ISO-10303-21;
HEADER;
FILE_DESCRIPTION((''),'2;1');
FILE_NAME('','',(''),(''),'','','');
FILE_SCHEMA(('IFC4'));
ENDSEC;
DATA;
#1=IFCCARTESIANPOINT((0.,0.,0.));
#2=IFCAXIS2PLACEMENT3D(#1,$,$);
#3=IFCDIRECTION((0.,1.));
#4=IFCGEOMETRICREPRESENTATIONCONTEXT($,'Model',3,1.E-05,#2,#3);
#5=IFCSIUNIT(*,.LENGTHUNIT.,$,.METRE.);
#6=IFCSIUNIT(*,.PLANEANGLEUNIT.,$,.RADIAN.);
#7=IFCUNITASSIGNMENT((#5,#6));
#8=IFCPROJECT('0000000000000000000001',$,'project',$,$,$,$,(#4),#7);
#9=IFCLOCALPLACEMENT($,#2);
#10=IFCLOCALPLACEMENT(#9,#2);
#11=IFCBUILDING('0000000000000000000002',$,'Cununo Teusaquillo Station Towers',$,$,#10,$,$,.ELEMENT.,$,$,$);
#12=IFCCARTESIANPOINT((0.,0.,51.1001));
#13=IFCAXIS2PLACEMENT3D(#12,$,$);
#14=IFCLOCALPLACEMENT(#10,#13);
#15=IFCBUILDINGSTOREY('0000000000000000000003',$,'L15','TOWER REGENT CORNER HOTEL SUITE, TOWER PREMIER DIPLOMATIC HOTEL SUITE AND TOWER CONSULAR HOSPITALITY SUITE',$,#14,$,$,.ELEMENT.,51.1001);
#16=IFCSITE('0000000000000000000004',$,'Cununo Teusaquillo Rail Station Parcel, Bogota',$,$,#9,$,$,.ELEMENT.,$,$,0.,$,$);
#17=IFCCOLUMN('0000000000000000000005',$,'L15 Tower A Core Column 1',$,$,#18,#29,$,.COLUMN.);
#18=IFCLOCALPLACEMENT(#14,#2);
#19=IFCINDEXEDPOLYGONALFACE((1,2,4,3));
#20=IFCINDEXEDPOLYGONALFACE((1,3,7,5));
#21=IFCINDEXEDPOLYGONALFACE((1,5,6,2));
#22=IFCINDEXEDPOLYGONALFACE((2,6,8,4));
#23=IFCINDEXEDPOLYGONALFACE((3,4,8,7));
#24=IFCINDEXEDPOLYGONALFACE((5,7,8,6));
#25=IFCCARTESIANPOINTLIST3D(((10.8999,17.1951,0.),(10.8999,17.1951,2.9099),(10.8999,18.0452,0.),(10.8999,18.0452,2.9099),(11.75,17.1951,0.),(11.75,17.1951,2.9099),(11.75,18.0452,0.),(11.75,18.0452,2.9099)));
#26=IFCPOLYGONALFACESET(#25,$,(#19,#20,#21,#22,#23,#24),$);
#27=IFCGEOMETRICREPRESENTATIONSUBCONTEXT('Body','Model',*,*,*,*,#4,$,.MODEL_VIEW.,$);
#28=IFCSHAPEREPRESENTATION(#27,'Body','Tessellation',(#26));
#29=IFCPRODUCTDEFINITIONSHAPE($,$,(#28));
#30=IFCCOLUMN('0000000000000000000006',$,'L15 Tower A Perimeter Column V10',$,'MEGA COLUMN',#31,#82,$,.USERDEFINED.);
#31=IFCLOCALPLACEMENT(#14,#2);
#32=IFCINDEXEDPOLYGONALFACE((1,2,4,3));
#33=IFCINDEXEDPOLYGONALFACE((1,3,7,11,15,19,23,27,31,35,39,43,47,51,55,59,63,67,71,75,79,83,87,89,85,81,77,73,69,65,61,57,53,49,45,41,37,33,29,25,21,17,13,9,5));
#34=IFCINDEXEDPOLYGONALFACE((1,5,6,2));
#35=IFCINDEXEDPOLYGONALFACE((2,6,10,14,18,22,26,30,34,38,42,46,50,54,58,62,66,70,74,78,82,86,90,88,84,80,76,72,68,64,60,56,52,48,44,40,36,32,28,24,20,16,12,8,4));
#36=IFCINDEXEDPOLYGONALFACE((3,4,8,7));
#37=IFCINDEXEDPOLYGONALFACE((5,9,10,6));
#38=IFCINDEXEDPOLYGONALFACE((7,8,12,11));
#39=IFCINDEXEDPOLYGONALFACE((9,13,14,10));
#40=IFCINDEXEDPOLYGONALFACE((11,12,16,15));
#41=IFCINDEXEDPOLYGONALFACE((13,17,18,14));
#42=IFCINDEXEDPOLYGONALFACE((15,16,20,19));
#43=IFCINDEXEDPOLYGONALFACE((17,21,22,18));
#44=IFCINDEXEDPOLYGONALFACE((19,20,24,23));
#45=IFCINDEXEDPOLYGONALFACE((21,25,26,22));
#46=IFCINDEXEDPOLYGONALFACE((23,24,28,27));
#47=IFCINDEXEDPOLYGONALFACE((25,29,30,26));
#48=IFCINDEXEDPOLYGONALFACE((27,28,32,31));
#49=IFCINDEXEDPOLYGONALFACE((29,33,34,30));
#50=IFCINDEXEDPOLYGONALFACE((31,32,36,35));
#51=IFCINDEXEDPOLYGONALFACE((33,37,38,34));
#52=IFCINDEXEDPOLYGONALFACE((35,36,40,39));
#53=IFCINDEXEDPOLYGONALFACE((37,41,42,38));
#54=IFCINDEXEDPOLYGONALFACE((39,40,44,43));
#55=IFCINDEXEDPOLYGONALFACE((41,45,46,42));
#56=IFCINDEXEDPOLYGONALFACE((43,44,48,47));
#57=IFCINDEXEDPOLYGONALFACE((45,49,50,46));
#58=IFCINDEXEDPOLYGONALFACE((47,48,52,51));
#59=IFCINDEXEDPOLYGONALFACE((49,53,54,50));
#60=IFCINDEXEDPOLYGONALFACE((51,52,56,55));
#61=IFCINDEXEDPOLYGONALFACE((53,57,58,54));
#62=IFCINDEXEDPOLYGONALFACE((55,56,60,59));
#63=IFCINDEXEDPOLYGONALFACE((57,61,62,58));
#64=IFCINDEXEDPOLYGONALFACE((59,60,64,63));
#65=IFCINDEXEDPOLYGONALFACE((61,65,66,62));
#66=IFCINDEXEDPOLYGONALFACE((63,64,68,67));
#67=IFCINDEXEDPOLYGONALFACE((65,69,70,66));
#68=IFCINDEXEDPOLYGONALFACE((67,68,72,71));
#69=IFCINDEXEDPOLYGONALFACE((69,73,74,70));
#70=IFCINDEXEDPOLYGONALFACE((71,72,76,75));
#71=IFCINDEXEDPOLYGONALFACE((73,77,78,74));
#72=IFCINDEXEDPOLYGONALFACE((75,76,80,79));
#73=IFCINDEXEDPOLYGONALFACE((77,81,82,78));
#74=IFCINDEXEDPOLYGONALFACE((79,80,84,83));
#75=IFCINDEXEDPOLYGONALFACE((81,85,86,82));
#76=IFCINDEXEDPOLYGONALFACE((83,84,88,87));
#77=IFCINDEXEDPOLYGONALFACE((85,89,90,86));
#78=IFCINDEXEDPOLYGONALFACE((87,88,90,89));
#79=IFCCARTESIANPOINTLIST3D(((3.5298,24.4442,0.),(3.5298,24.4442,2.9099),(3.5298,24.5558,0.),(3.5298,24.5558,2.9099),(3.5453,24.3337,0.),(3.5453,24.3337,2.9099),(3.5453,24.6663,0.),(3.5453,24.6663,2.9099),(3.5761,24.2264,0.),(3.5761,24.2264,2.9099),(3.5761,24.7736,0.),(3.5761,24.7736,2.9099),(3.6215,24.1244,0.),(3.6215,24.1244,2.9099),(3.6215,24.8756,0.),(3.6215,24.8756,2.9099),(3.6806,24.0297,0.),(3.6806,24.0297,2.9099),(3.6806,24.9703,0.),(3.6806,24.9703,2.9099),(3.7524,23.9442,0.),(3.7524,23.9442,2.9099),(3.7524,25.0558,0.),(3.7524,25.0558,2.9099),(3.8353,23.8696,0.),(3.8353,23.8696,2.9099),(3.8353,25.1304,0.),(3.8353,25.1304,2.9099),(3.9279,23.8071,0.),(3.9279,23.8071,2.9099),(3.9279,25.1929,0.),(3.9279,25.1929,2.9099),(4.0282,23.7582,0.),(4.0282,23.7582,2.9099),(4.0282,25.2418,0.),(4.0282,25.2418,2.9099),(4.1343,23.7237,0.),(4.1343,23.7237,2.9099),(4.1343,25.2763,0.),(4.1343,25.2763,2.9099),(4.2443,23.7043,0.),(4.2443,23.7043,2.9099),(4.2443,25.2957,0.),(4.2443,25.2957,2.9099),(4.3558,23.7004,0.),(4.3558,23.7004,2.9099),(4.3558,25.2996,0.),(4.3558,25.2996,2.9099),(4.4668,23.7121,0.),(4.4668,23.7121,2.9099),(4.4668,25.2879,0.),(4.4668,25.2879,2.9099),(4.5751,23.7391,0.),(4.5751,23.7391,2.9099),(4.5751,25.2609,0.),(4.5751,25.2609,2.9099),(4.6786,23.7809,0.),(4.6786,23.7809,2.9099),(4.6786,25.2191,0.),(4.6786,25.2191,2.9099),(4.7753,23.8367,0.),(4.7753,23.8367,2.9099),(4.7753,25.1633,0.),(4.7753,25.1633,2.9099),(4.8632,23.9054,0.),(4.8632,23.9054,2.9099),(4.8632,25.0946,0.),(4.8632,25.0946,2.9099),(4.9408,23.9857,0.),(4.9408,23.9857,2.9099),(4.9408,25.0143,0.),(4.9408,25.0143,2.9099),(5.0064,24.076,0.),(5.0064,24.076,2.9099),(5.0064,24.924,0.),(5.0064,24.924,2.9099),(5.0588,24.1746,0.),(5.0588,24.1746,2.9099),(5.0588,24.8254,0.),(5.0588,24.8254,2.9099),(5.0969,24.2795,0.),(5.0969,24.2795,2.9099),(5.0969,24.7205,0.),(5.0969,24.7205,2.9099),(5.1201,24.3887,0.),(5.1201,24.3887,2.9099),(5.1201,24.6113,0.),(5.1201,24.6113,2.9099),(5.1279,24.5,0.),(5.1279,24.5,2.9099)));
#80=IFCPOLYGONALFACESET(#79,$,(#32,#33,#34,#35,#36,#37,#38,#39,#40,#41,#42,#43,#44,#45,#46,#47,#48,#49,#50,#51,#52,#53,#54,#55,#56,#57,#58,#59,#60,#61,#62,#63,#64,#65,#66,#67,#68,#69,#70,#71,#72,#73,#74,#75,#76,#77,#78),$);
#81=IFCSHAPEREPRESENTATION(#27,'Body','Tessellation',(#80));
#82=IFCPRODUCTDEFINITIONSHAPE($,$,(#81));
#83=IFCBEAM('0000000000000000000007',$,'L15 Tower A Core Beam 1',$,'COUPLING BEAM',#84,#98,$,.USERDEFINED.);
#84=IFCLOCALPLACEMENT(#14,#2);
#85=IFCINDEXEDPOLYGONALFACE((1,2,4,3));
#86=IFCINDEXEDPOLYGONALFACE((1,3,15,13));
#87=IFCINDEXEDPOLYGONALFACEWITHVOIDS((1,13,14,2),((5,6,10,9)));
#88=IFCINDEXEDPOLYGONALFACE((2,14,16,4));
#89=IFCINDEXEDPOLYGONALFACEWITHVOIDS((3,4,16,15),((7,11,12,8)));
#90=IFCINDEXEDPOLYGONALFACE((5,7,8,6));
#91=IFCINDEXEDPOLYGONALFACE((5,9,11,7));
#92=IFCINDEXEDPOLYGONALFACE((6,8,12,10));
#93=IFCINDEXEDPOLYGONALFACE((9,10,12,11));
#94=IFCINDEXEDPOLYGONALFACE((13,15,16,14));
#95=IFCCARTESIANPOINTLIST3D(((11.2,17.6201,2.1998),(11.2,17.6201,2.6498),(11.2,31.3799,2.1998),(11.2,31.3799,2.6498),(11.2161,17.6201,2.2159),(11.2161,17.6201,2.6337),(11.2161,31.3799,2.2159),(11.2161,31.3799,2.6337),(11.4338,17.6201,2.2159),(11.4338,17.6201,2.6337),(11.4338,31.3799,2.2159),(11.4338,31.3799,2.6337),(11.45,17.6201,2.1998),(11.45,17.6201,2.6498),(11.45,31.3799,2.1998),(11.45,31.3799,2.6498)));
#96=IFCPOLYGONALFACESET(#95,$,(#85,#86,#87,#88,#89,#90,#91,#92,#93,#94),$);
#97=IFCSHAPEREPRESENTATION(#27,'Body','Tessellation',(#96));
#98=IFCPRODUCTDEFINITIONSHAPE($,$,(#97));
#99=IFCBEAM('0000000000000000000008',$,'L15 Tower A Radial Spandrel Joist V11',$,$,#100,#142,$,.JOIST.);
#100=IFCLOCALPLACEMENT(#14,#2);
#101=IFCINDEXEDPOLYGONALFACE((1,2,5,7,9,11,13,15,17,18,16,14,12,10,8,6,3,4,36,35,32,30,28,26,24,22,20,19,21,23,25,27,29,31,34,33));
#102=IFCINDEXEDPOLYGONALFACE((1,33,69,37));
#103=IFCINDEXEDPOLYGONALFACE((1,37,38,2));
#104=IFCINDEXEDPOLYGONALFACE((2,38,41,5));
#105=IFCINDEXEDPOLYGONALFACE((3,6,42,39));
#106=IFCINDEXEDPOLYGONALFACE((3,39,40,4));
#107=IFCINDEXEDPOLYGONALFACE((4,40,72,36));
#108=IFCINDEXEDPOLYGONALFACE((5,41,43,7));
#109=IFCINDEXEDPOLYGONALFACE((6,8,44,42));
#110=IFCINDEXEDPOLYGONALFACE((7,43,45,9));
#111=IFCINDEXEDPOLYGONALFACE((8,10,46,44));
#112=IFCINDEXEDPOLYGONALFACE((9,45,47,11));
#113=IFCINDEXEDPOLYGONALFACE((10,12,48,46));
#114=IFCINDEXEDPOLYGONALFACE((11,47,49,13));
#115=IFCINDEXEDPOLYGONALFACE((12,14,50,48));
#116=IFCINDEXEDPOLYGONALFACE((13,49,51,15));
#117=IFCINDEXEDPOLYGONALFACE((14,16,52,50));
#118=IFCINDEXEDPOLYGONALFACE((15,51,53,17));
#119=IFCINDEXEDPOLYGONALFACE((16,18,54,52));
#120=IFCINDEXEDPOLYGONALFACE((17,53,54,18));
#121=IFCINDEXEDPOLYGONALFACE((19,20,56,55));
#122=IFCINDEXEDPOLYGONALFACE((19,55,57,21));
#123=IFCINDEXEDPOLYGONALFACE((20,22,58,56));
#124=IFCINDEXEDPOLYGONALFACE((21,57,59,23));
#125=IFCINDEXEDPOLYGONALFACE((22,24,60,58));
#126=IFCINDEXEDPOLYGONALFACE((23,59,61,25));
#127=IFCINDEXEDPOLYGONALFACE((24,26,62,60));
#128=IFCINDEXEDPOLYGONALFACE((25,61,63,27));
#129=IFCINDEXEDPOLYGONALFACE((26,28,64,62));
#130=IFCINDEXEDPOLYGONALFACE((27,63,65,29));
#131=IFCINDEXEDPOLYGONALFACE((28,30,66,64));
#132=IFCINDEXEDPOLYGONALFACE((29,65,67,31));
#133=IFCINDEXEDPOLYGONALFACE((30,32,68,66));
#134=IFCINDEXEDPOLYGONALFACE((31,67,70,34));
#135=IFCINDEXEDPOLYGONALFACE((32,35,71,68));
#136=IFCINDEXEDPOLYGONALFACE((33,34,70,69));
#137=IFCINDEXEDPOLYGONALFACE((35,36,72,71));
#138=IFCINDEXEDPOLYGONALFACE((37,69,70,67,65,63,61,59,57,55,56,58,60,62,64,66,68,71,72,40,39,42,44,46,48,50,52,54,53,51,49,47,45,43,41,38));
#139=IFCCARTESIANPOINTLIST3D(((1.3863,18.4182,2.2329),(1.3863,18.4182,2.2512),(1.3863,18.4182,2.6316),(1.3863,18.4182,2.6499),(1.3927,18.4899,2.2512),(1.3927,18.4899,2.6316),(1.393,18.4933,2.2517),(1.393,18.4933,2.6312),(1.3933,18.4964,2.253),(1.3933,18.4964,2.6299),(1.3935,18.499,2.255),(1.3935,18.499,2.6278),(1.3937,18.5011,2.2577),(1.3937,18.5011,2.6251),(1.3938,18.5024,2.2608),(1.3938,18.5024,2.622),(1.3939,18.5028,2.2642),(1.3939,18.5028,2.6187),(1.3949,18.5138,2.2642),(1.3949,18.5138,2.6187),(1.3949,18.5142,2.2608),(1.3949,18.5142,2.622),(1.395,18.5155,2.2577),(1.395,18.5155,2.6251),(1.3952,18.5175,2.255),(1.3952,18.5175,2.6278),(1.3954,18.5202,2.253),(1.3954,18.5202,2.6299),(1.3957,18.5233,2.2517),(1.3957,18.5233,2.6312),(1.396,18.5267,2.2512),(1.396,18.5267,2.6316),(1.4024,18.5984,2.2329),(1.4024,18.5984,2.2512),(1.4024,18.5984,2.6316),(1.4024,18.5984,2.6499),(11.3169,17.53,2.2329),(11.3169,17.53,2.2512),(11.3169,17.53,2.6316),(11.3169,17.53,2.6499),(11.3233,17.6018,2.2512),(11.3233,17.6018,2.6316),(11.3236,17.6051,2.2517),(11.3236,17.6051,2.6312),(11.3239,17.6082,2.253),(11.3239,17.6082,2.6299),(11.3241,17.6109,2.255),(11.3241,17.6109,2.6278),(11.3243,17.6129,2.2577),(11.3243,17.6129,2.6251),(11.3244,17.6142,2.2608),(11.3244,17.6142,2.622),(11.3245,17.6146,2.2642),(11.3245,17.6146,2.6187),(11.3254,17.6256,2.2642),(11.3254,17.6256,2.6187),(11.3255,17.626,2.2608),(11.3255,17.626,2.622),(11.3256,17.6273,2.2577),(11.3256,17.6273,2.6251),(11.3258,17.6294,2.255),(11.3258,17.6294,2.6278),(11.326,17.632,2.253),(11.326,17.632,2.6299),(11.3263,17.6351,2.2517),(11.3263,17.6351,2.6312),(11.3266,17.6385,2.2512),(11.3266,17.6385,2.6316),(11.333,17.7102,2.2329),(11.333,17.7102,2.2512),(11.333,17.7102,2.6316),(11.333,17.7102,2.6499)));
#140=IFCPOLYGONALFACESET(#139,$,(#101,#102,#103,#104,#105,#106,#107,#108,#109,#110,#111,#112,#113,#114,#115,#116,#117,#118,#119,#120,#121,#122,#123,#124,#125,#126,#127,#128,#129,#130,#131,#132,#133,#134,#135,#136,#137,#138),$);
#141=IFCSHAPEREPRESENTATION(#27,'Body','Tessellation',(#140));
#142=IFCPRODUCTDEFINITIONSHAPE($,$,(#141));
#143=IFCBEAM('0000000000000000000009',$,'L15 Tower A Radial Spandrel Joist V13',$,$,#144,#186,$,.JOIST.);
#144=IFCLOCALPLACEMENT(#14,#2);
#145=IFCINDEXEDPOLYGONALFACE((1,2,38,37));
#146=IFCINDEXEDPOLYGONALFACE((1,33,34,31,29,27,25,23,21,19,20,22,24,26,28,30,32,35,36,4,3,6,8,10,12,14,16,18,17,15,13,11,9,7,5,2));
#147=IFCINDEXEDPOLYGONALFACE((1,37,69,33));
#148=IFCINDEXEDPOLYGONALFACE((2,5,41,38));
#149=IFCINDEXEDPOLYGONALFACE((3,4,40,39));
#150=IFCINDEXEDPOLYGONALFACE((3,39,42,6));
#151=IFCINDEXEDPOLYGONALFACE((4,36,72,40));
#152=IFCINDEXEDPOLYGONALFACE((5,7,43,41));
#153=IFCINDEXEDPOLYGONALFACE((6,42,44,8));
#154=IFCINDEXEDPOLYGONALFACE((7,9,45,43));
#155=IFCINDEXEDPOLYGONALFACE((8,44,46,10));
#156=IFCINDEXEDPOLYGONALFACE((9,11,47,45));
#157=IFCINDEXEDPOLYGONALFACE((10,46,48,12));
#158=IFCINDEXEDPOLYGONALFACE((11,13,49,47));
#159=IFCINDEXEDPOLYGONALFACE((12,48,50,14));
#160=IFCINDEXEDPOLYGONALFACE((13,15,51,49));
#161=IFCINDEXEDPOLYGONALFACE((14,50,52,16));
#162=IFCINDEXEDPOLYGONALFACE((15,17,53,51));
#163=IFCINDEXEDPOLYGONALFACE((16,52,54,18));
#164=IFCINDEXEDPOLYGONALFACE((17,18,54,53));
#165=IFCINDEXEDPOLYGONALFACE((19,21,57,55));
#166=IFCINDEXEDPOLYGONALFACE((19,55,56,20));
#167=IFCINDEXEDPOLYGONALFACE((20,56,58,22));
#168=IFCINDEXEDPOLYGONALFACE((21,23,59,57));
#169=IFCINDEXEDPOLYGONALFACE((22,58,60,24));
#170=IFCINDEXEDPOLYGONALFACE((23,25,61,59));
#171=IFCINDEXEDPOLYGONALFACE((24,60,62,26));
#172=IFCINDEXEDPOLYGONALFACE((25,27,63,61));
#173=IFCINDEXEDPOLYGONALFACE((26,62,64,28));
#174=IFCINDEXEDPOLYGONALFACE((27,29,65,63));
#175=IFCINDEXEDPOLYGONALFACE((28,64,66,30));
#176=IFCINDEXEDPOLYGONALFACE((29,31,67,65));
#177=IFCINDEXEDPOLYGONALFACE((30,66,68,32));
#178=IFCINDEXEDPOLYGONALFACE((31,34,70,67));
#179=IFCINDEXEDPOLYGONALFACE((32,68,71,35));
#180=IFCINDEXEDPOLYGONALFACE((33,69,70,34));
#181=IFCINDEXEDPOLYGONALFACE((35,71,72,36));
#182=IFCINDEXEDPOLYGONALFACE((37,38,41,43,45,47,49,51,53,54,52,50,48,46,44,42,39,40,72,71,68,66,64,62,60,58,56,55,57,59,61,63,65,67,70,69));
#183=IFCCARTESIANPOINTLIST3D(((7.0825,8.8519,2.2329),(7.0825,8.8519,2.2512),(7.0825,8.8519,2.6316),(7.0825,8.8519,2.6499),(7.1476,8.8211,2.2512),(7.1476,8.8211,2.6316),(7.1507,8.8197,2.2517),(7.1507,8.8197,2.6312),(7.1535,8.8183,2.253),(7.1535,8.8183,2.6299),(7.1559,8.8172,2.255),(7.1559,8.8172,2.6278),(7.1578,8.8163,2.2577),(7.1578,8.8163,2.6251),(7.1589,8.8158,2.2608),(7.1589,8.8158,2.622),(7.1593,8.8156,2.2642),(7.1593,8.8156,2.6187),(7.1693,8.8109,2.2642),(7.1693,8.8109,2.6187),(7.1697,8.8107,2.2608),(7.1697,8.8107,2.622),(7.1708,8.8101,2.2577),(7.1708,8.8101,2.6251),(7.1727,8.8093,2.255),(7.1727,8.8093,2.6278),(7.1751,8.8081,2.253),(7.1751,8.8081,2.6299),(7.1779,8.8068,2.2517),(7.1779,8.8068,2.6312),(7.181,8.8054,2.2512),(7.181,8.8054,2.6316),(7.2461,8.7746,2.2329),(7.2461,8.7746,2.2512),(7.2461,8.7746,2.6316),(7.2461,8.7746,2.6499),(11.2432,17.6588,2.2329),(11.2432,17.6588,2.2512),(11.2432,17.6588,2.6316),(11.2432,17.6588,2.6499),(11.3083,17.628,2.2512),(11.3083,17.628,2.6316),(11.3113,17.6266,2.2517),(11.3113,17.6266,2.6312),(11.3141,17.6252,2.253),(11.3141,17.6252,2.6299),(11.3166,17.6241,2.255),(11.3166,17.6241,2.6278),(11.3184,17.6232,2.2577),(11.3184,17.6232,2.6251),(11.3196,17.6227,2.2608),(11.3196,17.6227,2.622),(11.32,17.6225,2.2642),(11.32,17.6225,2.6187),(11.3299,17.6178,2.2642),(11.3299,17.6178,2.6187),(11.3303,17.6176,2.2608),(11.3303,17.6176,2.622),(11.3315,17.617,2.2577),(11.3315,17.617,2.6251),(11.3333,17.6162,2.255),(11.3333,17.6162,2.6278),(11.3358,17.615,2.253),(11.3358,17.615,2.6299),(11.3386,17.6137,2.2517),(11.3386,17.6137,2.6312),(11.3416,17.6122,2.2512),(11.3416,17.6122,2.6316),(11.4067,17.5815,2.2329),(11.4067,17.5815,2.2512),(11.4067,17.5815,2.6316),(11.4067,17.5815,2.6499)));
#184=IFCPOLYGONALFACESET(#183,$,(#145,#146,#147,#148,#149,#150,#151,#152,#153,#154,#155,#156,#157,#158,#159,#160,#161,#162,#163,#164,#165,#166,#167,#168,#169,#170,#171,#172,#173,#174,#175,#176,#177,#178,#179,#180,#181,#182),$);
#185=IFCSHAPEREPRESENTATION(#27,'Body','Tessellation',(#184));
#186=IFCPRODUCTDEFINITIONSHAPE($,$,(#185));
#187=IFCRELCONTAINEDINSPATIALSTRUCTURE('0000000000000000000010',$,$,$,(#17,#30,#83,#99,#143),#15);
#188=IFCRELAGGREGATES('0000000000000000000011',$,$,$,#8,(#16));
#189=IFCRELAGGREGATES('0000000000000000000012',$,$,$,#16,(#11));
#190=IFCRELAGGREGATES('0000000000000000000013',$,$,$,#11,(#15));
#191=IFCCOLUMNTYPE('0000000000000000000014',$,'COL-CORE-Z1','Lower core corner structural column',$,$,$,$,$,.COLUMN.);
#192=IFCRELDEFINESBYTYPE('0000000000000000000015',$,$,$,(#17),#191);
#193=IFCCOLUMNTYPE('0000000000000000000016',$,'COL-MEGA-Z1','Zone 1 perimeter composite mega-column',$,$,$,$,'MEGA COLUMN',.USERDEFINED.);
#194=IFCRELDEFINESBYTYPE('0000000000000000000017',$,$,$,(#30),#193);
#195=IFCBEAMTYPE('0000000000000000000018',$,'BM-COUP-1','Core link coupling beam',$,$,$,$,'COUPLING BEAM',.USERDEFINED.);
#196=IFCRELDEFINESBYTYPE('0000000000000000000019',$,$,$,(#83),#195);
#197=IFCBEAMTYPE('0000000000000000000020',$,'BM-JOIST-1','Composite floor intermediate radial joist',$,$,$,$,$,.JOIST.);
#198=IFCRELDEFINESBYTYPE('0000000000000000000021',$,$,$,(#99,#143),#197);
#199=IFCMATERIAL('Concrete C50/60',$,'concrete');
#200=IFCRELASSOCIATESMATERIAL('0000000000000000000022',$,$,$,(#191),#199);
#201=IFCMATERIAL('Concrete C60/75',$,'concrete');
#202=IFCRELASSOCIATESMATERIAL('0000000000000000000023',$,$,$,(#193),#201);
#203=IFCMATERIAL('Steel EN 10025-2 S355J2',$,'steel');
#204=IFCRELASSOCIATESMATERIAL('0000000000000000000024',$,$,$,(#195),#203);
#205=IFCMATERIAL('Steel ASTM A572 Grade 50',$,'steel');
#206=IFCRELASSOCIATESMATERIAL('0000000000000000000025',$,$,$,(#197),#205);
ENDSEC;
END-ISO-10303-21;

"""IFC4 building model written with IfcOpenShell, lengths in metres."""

from ifc_helpers import new_model, si_unit, direction, frame, origin, origin_2d, place, context, subcontext, project, spatial, rectangle, hollow_rectangle, circle, i_section, extrude, material, material_profile, profile_set, type_object, element, save


model = new_model("IFC4")

# Units and contexts
model_context = context("Model", 3, precision=1e-05, world=origin(), true_north=direction((0.0, 1.0)))
body_context = subcontext(model_context, "Body", "Model", "MODEL_VIEW")
ifc_project = project(units=[si_unit("LENGTHUNIT", "METRE"), si_unit("PLANEANGLEUNIT", "RADIAN")], contexts=[model_context])

# Site, building, storey
site_placement = place(None, origin())
site = spatial("IfcSite", under=ifc_project, at=site_placement, Name="Cununo Teusaquillo Rail Station Parcel, Bogota", CompositionType="ELEMENT", RefElevation=0.0)
building_placement = place(site_placement, origin())
building = spatial("IfcBuilding", under=site, at=building_placement, Name="Cununo Teusaquillo Station Towers", CompositionType="ELEMENT")
storey_placement = place(building_placement, frame((0.0, 0.0, 51.1001)))
storey = spatial("IfcBuildingStorey", under=building, at=storey_placement, Name="L15", Description="TOWER REGENT CORNER HOTEL SUITE, TOWER PREMIER DIPLOMATIC HOTEL SUITE AND TOWER CONSULAR HOSPITALITY SUITE", CompositionType="ELEMENT", Elevation=51.1001)

# Columns
ifc_material_1 = material(Name="Concrete C50/60", Category="concrete")
ifc_material_profile_1 = material_profile(ifc_material_1, rectangle(XDim=0.8501, YDim=0.8501, at=origin_2d()), Name="RC-RECT-850x850")
ifc_profile_set_1 = profile_set([ifc_material_profile_1], Name="Concrete C50/60")
column_type_1 = type_object("IfcColumnType", Name="COL-CORE-Z1", Description="Lower core corner structural column", PredefinedType="COLUMN", material=ifc_profile_set_1)
column_1_placement = place(storey_placement, frame((11.325, 17.6201, 0.0), z_axis=(0.0, 0.0, 1.0), x_axis=(1.0, 0.0, 0.0)))
element("IfcColumn", 1, at=column_1_placement, inside=storey, type_object=column_type_1, Name="L15 Tower A Core Column 1", PredefinedType="COLUMN", context=body_context, shape_type="SweptSolid", body=[
    extrude(rectangle(XDim=0.8501, YDim=0.8501, at=origin_2d()), origin(), (0.0, 0.0, 1.0), 2.9099),
])
ifc_material_2 = material(Name="Concrete C60/75", Category="concrete")
ifc_material_profile_2 = material_profile(ifc_material_2, circle(Radius=0.8, at=origin_2d()), Name="RC-CIRC-1600")
ifc_profile_set_2 = profile_set([ifc_material_profile_2], Name="Concrete C60/75")
column_type_2 = type_object("IfcColumnType", Name="COL-MEGA-Z1", Description="Zone 1 perimeter composite mega-column", ElementType="MEGA COLUMN", PredefinedType="USERDEFINED", material=ifc_profile_set_2)
column_2_placement = place(storey_placement, frame((4.3279, 24.5, 0.0), z_axis=(0.0, 0.0, 1.0), x_axis=(1.0, 0.0, 0.0)))
element("IfcColumn", 2, at=column_2_placement, inside=storey, type_object=column_type_2, Name="L15 Tower A Perimeter Column V10", ObjectType="MEGA COLUMN", PredefinedType="USERDEFINED", context=body_context, shape_type="SweptSolid", body=[
    extrude(circle(Radius=0.8, at=origin_2d()), origin(), (0.0, 0.0, 1.0), 2.9099),
])

# Beams
ifc_material_3 = material(Name="Steel EN 10025-2 S355J2", Category="steel")
ifc_material_profile_3 = material_profile(ifc_material_3, hollow_rectangle(XDim=0.25, YDim=0.45, WallThickness=0.0161, at=origin_2d()), Name="RHS 450x250x16")
ifc_profile_set_3 = profile_set([ifc_material_profile_3], Name="Steel EN 10025-2 S355J2")
beam_type_1 = type_object("IfcBeamType", Name="BM-COUP-1", Description="Core link coupling beam", ElementType="COUPLING BEAM", PredefinedType="USERDEFINED", material=ifc_profile_set_3)
beam_1_placement = place(storey_placement, frame((11.325, 17.6201, 2.4248), z_axis=(0.0, 1.0, 0.0), x_axis=(-1.0, 0.0, 0.0)))
element("IfcBeam", 3, at=beam_1_placement, inside=storey, type_object=beam_type_1, Name="L15 Tower A Core Beam 1", ObjectType="COUPLING BEAM", PredefinedType="USERDEFINED", context=body_context, shape_type="SweptSolid", body=[
    extrude(hollow_rectangle(XDim=0.25, YDim=0.45, WallThickness=0.0161, at=origin_2d()), origin(), (0.0, 0.0, 1.0), 13.7598),
])
ifc_material_4 = material(Name="Steel ASTM A572 Grade 50", Category="steel")
ifc_material_profile_4 = material_profile(ifc_material_4, i_section(OverallWidth=0.1809, OverallDepth=0.417, WebThickness=0.011, FlangeThickness=0.0183, FilletRadius=0.0129, at=origin_2d()), Name="W16X57")
ifc_profile_set_4 = profile_set([ifc_material_profile_4], Name="Steel ASTM A572 Grade 50")
beam_type_2 = type_object("IfcBeamType", Name="BM-JOIST-1", Description="Composite floor intermediate radial joist", PredefinedType="JOIST", material=ifc_profile_set_4)
beam_2_placement = place(storey_placement, frame((11.325, 17.6201, 2.4414), z_axis=(-0.996024, 0.089083, 0.0), x_axis=(-0.089083, -0.996024, 0.0)))
element("IfcBeam", 4, at=beam_2_placement, inside=storey, type_object=beam_type_2, Name="L15 Tower A Radial Spandrel Joist V11", PredefinedType="JOIST", context=body_context, shape_type="SweptSolid", body=[
    extrude(i_section(OverallWidth=0.1809, OverallDepth=0.417, WebThickness=0.011, FlangeThickness=0.0183, FilletRadius=0.0129, at=origin_2d()), origin(), (0.0, 0.0, 1.0), 9.9702),
])
beam_3_placement = place(storey_placement, frame((11.325, 17.6201, 2.4414), z_axis=(-0.427161, -0.904176, 0.0), x_axis=(0.904176, -0.427161, 0.0)))
element("IfcBeam", 5, at=beam_3_placement, inside=storey, type_object=beam_type_2, Name="L15 Tower A Radial Spandrel Joist V13", PredefinedType="JOIST", context=body_context, shape_type="SweptSolid", body=[
    extrude(i_section(OverallWidth=0.1809, OverallDepth=0.417, WebThickness=0.011, FlangeThickness=0.0183, FilletRadius=0.0129, at=origin_2d()), origin(), (0.0, 0.0, 1.0), 9.7402),
])

save(model, "model.ifc")
